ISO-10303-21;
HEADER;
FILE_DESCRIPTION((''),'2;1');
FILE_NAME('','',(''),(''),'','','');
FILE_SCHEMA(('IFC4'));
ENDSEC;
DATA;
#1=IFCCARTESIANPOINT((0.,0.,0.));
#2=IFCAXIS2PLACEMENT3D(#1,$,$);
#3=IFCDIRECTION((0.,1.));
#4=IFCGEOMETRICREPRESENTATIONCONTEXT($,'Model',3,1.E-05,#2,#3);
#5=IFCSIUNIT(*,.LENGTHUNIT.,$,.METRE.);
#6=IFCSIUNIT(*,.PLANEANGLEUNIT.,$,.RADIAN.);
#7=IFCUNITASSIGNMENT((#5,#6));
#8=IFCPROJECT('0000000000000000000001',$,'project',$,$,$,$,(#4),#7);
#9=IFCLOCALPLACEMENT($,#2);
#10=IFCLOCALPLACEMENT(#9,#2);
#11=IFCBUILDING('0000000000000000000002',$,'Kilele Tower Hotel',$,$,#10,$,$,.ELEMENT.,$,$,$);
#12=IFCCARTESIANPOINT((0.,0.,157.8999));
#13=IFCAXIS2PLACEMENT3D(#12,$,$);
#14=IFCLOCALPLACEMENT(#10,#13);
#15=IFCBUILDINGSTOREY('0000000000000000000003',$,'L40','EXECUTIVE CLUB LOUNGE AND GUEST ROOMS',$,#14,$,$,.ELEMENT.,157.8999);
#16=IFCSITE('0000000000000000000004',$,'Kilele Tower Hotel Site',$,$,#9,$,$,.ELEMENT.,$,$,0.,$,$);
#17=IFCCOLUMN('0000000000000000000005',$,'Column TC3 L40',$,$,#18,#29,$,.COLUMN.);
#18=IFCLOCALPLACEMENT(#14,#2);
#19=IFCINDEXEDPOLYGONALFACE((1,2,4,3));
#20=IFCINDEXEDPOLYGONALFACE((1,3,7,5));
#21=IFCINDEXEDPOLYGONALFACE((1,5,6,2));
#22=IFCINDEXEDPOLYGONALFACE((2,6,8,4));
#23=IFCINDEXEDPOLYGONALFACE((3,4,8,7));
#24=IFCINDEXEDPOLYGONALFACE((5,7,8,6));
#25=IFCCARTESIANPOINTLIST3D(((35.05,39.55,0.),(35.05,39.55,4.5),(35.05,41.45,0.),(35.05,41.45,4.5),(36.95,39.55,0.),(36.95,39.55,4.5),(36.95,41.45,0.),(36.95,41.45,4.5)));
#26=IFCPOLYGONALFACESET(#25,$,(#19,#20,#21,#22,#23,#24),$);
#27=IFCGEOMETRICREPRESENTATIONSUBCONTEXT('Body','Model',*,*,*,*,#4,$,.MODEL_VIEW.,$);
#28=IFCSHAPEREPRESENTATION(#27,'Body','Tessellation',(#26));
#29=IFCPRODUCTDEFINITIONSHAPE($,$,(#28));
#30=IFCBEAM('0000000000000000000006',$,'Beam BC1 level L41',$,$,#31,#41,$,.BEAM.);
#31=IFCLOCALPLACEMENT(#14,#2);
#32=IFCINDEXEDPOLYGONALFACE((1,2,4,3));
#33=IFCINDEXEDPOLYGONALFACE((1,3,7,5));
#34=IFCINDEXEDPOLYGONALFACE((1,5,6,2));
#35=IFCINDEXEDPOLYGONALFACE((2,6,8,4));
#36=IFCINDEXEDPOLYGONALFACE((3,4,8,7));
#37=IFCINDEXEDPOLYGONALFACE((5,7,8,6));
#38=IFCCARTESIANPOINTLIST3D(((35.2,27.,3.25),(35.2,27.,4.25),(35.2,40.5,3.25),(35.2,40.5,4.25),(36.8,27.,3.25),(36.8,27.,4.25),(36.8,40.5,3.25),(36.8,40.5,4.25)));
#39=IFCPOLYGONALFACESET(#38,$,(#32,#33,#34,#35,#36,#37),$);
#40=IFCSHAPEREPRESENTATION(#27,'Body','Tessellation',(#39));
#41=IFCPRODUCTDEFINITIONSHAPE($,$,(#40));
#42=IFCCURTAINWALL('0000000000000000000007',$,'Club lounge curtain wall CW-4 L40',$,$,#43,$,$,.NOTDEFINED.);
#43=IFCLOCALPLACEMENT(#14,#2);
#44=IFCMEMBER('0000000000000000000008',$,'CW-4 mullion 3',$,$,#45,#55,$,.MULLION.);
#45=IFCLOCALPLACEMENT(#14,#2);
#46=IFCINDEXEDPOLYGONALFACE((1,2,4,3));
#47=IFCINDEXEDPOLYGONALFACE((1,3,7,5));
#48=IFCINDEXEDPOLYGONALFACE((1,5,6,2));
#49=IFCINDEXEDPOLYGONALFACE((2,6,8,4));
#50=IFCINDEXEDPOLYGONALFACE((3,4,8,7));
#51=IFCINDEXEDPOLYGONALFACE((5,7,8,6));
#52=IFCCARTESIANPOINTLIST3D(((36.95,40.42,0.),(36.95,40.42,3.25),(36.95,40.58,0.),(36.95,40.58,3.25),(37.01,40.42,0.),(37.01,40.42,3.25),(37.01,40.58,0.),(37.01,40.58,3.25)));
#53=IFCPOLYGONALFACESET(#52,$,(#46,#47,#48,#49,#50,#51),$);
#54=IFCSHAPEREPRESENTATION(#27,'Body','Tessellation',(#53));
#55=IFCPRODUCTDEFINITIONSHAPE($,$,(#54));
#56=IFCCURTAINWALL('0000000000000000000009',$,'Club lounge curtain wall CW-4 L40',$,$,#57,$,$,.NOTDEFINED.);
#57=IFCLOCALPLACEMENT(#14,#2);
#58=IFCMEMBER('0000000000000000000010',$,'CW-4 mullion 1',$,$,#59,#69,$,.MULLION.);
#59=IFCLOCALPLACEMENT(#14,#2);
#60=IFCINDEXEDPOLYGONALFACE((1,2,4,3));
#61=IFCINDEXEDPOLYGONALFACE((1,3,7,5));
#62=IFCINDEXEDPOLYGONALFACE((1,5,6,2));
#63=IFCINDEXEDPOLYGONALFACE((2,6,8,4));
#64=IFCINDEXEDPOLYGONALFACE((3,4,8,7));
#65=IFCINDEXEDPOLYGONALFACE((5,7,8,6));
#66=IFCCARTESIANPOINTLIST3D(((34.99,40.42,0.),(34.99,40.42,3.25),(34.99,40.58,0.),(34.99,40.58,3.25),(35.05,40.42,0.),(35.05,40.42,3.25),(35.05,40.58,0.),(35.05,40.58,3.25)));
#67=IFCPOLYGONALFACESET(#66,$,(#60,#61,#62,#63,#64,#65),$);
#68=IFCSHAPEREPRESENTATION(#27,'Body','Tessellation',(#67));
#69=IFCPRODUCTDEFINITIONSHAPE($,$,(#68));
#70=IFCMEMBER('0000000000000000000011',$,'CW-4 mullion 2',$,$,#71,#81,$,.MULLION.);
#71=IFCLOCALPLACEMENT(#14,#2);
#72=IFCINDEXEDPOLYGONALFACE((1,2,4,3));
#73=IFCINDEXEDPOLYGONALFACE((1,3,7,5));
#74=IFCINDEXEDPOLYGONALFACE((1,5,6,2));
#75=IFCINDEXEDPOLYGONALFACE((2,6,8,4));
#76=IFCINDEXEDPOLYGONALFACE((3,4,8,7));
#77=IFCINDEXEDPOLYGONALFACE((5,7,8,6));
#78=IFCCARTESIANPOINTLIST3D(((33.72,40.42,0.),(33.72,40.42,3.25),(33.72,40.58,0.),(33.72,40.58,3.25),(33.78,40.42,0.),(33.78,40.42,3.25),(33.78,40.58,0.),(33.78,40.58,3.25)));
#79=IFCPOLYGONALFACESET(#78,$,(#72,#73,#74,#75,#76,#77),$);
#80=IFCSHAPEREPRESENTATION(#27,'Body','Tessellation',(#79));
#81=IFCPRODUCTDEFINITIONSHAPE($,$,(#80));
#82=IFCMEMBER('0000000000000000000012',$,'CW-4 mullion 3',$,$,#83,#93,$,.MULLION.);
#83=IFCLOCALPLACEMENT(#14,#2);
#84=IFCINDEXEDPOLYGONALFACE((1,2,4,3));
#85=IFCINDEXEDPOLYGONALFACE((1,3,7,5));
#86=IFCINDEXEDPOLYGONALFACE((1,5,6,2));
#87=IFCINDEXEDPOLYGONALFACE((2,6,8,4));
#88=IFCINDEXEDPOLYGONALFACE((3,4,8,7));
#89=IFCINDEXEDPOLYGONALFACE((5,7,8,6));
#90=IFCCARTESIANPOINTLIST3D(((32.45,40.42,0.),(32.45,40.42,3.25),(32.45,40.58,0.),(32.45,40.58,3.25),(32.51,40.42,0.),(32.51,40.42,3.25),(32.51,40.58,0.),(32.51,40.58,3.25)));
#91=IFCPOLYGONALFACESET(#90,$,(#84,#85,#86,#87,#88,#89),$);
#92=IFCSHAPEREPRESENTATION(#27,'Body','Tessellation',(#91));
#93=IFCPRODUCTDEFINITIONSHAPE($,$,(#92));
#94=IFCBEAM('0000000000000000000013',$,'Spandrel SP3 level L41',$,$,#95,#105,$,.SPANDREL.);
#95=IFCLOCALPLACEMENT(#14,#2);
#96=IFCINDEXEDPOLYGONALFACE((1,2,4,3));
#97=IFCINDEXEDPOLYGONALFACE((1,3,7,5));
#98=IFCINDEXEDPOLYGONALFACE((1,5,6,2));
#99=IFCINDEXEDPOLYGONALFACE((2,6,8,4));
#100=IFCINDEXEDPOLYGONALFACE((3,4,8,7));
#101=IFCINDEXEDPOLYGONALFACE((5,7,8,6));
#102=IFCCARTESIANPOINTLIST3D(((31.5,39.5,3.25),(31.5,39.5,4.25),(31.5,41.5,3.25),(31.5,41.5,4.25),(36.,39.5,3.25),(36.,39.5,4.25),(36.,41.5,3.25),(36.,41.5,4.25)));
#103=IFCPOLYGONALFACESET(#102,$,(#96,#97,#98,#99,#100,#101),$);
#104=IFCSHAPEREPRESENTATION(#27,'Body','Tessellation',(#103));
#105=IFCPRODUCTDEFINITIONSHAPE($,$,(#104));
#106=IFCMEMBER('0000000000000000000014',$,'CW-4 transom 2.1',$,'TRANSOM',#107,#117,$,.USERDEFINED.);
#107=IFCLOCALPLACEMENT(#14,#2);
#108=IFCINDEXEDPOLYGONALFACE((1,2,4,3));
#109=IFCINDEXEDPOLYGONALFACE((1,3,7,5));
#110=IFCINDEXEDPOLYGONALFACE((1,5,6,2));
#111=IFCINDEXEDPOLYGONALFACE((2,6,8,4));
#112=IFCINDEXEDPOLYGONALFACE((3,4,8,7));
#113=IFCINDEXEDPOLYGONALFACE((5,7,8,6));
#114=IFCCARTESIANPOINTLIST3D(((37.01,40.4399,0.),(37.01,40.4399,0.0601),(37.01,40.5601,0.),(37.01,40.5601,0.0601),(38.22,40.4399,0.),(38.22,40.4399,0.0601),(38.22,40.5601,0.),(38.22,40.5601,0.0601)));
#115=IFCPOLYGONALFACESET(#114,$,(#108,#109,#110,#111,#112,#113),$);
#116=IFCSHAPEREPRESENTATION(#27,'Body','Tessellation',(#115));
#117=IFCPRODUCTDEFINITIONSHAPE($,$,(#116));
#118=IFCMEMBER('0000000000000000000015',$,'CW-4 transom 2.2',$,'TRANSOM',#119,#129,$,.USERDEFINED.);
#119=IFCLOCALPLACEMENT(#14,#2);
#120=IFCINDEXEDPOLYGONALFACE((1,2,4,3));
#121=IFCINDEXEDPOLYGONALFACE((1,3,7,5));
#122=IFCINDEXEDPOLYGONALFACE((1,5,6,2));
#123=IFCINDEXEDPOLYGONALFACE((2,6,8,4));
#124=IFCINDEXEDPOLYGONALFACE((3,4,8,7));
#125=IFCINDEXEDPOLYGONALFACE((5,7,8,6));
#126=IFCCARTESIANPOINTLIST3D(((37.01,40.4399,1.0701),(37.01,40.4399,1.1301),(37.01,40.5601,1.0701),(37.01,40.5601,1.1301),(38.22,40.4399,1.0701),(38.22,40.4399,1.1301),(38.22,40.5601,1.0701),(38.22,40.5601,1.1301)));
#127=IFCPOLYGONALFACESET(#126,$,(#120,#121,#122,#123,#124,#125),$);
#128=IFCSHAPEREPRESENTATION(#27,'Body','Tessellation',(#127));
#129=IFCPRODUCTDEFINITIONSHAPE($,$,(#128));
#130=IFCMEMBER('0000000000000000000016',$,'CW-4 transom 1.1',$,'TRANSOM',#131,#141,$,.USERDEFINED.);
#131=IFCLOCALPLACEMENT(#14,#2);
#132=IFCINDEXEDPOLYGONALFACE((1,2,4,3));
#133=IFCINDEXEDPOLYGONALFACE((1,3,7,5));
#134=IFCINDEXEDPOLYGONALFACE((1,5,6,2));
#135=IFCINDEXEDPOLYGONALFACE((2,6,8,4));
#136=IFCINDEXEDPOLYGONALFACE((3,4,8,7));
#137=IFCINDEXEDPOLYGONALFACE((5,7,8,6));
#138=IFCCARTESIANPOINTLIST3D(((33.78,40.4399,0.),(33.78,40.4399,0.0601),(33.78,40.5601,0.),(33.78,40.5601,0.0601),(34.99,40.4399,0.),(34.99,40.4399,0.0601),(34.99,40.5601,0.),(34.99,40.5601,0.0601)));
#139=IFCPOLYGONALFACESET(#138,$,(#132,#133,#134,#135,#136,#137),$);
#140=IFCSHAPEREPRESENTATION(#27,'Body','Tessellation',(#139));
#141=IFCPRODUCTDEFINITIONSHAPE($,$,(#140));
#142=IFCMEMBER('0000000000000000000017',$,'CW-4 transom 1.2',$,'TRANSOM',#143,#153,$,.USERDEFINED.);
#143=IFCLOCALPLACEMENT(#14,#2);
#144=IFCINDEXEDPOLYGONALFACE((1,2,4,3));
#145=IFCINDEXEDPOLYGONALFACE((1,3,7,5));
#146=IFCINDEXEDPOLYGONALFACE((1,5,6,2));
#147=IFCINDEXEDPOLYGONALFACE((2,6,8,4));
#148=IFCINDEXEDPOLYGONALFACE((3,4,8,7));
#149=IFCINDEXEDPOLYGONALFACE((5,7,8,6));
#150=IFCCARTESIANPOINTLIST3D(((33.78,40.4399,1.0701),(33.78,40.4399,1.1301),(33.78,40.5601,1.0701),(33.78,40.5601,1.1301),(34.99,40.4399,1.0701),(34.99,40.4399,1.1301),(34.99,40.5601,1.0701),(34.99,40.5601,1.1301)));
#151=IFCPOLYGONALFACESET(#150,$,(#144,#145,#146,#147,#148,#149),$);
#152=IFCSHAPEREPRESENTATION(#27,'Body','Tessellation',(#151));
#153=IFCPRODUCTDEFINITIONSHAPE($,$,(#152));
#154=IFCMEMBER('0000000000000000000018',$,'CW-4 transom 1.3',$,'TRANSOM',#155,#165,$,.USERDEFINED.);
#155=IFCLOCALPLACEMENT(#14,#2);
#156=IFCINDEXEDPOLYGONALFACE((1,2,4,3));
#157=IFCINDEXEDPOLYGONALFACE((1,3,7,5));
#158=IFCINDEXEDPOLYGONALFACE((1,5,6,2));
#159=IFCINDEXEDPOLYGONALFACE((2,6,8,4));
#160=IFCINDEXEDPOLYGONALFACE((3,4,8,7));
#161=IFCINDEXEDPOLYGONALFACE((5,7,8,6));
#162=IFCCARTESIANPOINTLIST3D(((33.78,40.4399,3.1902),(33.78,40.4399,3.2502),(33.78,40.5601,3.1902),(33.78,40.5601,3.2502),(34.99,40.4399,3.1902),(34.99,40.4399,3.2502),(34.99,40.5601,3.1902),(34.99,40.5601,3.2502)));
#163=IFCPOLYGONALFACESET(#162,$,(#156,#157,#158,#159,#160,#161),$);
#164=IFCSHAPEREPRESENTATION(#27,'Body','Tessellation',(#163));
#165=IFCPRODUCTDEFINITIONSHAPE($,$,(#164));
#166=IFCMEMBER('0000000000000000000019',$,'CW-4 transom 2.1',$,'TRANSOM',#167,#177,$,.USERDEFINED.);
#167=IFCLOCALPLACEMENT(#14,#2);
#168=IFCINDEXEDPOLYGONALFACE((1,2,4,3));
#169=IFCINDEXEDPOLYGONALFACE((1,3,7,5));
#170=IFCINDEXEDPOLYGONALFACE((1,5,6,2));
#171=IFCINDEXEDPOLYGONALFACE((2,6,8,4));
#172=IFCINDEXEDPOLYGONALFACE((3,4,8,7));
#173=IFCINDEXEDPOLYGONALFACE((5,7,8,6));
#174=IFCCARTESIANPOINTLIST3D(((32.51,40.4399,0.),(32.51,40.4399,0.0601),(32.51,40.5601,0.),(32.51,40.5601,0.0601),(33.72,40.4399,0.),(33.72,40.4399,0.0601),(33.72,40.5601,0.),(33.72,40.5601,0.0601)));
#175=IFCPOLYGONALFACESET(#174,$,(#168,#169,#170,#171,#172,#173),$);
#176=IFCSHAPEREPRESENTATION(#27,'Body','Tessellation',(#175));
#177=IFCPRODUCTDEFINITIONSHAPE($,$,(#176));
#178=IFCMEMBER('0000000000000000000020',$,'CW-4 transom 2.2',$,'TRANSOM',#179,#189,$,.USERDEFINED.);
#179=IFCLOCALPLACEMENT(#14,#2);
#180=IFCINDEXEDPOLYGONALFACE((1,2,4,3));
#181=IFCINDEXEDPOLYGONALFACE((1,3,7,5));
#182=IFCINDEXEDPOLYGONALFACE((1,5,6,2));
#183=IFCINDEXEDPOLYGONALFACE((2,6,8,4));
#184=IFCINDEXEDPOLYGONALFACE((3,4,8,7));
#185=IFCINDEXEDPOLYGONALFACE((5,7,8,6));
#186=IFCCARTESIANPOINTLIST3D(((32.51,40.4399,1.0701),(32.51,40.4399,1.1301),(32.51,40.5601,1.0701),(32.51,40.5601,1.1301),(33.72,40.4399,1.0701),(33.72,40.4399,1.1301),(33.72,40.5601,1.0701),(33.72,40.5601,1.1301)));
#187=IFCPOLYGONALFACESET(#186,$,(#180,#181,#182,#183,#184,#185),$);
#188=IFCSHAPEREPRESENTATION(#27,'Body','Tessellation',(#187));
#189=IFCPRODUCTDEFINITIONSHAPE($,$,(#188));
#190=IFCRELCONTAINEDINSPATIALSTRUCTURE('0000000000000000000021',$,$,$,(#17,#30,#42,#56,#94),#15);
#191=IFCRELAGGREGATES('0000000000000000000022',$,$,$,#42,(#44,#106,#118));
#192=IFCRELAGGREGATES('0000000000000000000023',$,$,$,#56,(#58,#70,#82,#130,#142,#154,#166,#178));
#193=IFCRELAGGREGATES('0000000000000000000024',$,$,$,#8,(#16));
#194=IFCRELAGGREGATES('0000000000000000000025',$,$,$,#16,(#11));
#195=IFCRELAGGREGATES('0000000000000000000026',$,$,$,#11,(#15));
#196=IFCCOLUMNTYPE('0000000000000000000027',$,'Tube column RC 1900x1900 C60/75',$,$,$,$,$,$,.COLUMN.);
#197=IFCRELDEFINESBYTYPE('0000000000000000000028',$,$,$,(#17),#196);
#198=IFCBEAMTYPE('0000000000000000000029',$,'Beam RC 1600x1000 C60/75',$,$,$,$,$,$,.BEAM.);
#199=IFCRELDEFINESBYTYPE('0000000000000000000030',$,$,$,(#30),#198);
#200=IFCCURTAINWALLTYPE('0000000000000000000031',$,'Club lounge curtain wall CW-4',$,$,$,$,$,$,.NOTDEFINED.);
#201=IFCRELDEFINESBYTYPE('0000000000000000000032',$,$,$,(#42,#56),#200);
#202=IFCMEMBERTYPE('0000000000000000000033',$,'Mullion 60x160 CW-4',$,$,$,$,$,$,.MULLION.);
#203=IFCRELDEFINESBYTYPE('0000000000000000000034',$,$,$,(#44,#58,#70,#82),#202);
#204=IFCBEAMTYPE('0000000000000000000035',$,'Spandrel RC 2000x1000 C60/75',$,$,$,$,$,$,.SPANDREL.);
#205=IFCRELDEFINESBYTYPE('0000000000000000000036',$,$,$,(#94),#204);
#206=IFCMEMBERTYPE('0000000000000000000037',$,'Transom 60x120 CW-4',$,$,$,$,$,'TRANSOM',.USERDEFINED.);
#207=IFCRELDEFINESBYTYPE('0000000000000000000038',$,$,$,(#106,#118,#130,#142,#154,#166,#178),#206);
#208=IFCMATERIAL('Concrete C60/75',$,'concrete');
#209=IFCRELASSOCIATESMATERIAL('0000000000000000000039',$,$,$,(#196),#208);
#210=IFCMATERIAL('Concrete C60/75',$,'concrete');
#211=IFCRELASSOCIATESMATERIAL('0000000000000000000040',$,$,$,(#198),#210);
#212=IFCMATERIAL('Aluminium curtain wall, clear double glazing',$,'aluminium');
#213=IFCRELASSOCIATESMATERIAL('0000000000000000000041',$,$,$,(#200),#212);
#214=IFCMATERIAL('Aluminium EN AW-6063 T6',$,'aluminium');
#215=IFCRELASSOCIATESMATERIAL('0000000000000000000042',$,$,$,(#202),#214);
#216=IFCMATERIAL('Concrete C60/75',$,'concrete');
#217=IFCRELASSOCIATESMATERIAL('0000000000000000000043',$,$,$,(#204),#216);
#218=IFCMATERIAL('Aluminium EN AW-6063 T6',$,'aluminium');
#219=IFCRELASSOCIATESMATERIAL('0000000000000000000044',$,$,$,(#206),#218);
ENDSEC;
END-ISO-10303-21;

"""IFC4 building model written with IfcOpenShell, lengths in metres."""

from ifc_helpers import new_model, si_unit, direction, frame, origin, origin_2d, place, context, subcontext, project, spatial, rectangle, extrude, material, material_profile, profile_set, type_object, element, aggregate, save


model = new_model("IFC4")

# Units and contexts
model_context = context("Model", 3, precision=1e-05, world=origin(), true_north=direction((0.0, 1.0)))
body_context = subcontext(model_context, "Body", "Model", "MODEL_VIEW")
ifc_project = project(units=[si_unit("LENGTHUNIT", "METRE"), si_unit("PLANEANGLEUNIT", "RADIAN")], contexts=[model_context])

# Site, building, storey
site_placement = place(None, origin())
site = spatial("IfcSite", under=ifc_project, at=site_placement, Name="Kilele Tower Hotel Site", CompositionType="ELEMENT", RefElevation=0.0)
building_placement = place(site_placement, origin())
building = spatial("IfcBuilding", under=site, at=building_placement, Name="Kilele Tower Hotel", CompositionType="ELEMENT")
storey_placement = place(building_placement, frame((0.0, 0.0, 157.8999)))
storey = spatial("IfcBuildingStorey", under=building, at=storey_placement, Name="L40", Description="EXECUTIVE CLUB LOUNGE AND GUEST ROOMS", CompositionType="ELEMENT", Elevation=157.8999)

# Column
ifc_material_1 = material(Name="Concrete C60/75", Category="concrete")
ifc_material_profile_1 = material_profile(ifc_material_1, rectangle(XDim=1.8999, YDim=1.8999, at=origin_2d()))
ifc_profile_set_1 = profile_set([ifc_material_profile_1], Name="Concrete C60/75")
column_type = type_object("IfcColumnType", Name="Tube column RC 1900x1900 C60/75", PredefinedType="COLUMN", material=ifc_profile_set_1)
column_placement = place(storey_placement, frame((36.0, 40.5, 0.0), z_axis=(0.0, 0.0, 1.0), x_axis=(1.0, 0.0, 0.0)))
element("IfcColumn", 1, at=column_placement, inside=storey, type_object=column_type, Name="Column TC3 L40", PredefinedType="COLUMN", context=body_context, shape_type="SweptSolid", body=[
    extrude(rectangle(XDim=1.8999, YDim=1.8999, at=origin_2d()), origin(), (0.0, 0.0, 1.0), 4.5),
])

# Beam
ifc_material_2 = material(Name="Concrete C60/75", Category="concrete")
ifc_material_profile_2 = material_profile(ifc_material_2, rectangle(XDim=1.6001, YDim=1.0, at=origin_2d()))
ifc_profile_set_2 = profile_set([ifc_material_profile_2], Name="Concrete C60/75")
beam_type_1 = type_object("IfcBeamType", Name="Beam RC 1600x1000 C60/75", PredefinedType="BEAM", material=ifc_profile_set_2)
beam_1_placement = place(storey_placement, frame((36.0, 40.5, 3.75), z_axis=(0.0, -1.0, 0.0), x_axis=(1.0, 0.0, 0.0)))
element("IfcBeam", 2, at=beam_1_placement, inside=storey, type_object=beam_type_1, Name="Beam BC1 level L41", PredefinedType="BEAM", context=body_context, shape_type="SweptSolid", body=[
    extrude(rectangle(XDim=1.6001, YDim=1.0, at=origin_2d()), origin(), (0.0, 0.0, 1.0), 13.5),
])

# Curtain wall, member
ifc_material_3 = material(Name="Aluminium curtain wall, clear double glazing", Category="aluminium")
curtain_wall_type = type_object("IfcCurtainWallType", Name="Club lounge curtain wall CW-4", PredefinedType="NOTDEFINED", material=ifc_material_3)
curtain_wall_1_placement = place(storey_placement, origin())
curtain_wall_1 = element("IfcCurtainWall", 3, at=curtain_wall_1_placement, inside=storey, type_object=curtain_wall_type, Name="Club lounge curtain wall CW-4 L40", PredefinedType="NOTDEFINED")
ifc_material_4 = material(Name="Aluminium EN AW-6063 T6", Category="aluminium")
ifc_material_profile_3 = material_profile(ifc_material_4, rectangle(XDim=0.1599, YDim=0.0601, at=origin_2d()))
ifc_profile_set_3 = profile_set([ifc_material_profile_3], Name="Aluminium EN AW-6063 T6")
member_type_1 = type_object("IfcMemberType", Name="Mullion 60x160 CW-4", PredefinedType="MULLION", material=ifc_profile_set_3)
member_1_placement = place(storey_placement, frame((36.98, 40.5, 0.0), z_axis=(0.0, 0.0, 1.0), x_axis=(0.0, -1.0, 0.0)))
member_1 = element("IfcMember", 4, at=member_1_placement, type_object=member_type_1, Name="CW-4 mullion 3", PredefinedType="MULLION", context=body_context, shape_type="SweptSolid", body=[
    extrude(rectangle(XDim=0.1599, YDim=0.0601, at=origin_2d()), origin(), (0.0, 0.0, 1.0), 3.25),
])

# Curtain wall, members
curtain_wall_2_placement = place(storey_placement, origin())
curtain_wall_2 = element("IfcCurtainWall", 5, at=curtain_wall_2_placement, inside=storey, type_object=curtain_wall_type, Name="Club lounge curtain wall CW-4 L40", PredefinedType="NOTDEFINED")
member_2_placement = place(storey_placement, frame((35.02, 40.5, 0.0), z_axis=(0.0, 0.0, 1.0), x_axis=(0.0, -1.0, 0.0)))
member_2 = element("IfcMember", 6, at=member_2_placement, type_object=member_type_1, Name="CW-4 mullion 1", PredefinedType="MULLION", context=body_context, shape_type="SweptSolid", body=[
    extrude(rectangle(XDim=0.1599, YDim=0.0601, at=origin_2d()), origin(), (0.0, 0.0, 1.0), 3.25),
])
member_3_placement = place(storey_placement, frame((33.75, 40.5, 0.0), z_axis=(0.0, 0.0, 1.0), x_axis=(0.0, -1.0, 0.0)))
member_3 = element("IfcMember", 7, at=member_3_placement, type_object=member_type_1, Name="CW-4 mullion 2", PredefinedType="MULLION", context=body_context, shape_type="SweptSolid", body=[
    extrude(rectangle(XDim=0.1599, YDim=0.0601, at=origin_2d()), origin(), (0.0, 0.0, 1.0), 3.25),
])
member_4_placement = place(storey_placement, frame((32.48, 40.5, 0.0), z_axis=(0.0, 0.0, 1.0), x_axis=(0.0, -1.0, 0.0)))
member_4 = element("IfcMember", 8, at=member_4_placement, type_object=member_type_1, Name="CW-4 mullion 3", PredefinedType="MULLION", context=body_context, shape_type="SweptSolid", body=[
    extrude(rectangle(XDim=0.1599, YDim=0.0601, at=origin_2d()), origin(), (0.0, 0.0, 1.0), 3.25),
])

# Beam
ifc_material_5 = material(Name="Concrete C60/75", Category="concrete")
ifc_material_profile_4 = material_profile(ifc_material_5, rectangle(XDim=2.0, YDim=1.0, at=origin_2d()))
ifc_profile_set_4 = profile_set([ifc_material_profile_4], Name="Concrete C60/75")
beam_type_2 = type_object("IfcBeamType", Name="Spandrel RC 2000x1000 C60/75", PredefinedType="SPANDREL", material=ifc_profile_set_4)
beam_2_placement = place(storey_placement, frame((36.0, 40.5, 3.75), z_axis=(-1.0, 0.0, 0.0), x_axis=(0.0, -1.0, 0.0)))
element("IfcBeam", 9, at=beam_2_placement, inside=storey, type_object=beam_type_2, Name="Spandrel SP3 level L41", PredefinedType="SPANDREL", context=body_context, shape_type="SweptSolid", body=[
    extrude(rectangle(XDim=2.0, YDim=1.0, at=origin_2d()), origin(), (0.0, 0.0, 1.0), 4.5),
])

# Members
ifc_material_6 = material(Name="Aluminium EN AW-6063 T6", Category="aluminium")
ifc_material_profile_5 = material_profile(ifc_material_6, rectangle(XDim=0.1201, YDim=0.0601, at=origin_2d()))
ifc_profile_set_5 = profile_set([ifc_material_profile_5], Name="Aluminium EN AW-6063 T6")
member_type_2 = type_object("IfcMemberType", Name="Transom 60x120 CW-4", ElementType="TRANSOM", PredefinedType="USERDEFINED", material=ifc_profile_set_5)
member_5_placement = place(storey_placement, frame((38.22, 40.5, 0.03), z_axis=(-1.0, 0.0, 0.0), x_axis=(0.0, -1.0, 0.0)))
member_5 = element("IfcMember", 10, at=member_5_placement, type_object=member_type_2, Name="CW-4 transom 2.1", ObjectType="TRANSOM", PredefinedType="USERDEFINED", context=body_context, shape_type="SweptSolid", body=[
    extrude(rectangle(XDim=0.1201, YDim=0.0601, at=origin_2d()), origin(), (0.0, 0.0, 1.0), 1.21),
])
member_6_placement = place(storey_placement, frame((38.22, 40.5, 1.1001), z_axis=(-1.0, 0.0, 0.0), x_axis=(0.0, -1.0, 0.0)))
member_6 = element("IfcMember", 11, at=member_6_placement, type_object=member_type_2, Name="CW-4 transom 2.2", ObjectType="TRANSOM", PredefinedType="USERDEFINED", context=body_context, shape_type="SweptSolid", body=[
    extrude(rectangle(XDim=0.1201, YDim=0.0601, at=origin_2d()), origin(), (0.0, 0.0, 1.0), 1.21),
])
member_7_placement = place(storey_placement, frame((34.99, 40.5, 0.03), z_axis=(-1.0, 0.0, 0.0), x_axis=(0.0, -1.0, 0.0)))
member_7 = element("IfcMember", 12, at=member_7_placement, type_object=member_type_2, Name="CW-4 transom 1.1", ObjectType="TRANSOM", PredefinedType="USERDEFINED", context=body_context, shape_type="SweptSolid", body=[
    extrude(rectangle(XDim=0.1201, YDim=0.0601, at=origin_2d()), origin(), (0.0, 0.0, 1.0), 1.21),
])
member_8_placement = place(storey_placement, frame((34.99, 40.5, 1.1001), z_axis=(-1.0, 0.0, 0.0), x_axis=(0.0, -1.0, 0.0)))
member_8 = element("IfcMember", 13, at=member_8_placement, type_object=member_type_2, Name="CW-4 transom 1.2", ObjectType="TRANSOM", PredefinedType="USERDEFINED", context=body_context, shape_type="SweptSolid", body=[
    extrude(rectangle(XDim=0.1201, YDim=0.0601, at=origin_2d()), origin(), (0.0, 0.0, 1.0), 1.21),
])
member_9_placement = place(storey_placement, frame((34.99, 40.5, 3.2202), z_axis=(-1.0, 0.0, 0.0), x_axis=(0.0, -1.0, 0.0)))
member_9 = element("IfcMember", 14, at=member_9_placement, type_object=member_type_2, Name="CW-4 transom 1.3", ObjectType="TRANSOM", PredefinedType="USERDEFINED", context=body_context, shape_type="SweptSolid", body=[
    extrude(rectangle(XDim=0.1201, YDim=0.0601, at=origin_2d()), origin(), (0.0, 0.0, 1.0), 1.21),
])
member_10_placement = place(storey_placement, frame((33.72, 40.5, 0.03), z_axis=(-1.0, 0.0, 0.0), x_axis=(0.0, -1.0, 0.0)))
member_10 = element("IfcMember", 15, at=member_10_placement, type_object=member_type_2, Name="CW-4 transom 2.1", ObjectType="TRANSOM", PredefinedType="USERDEFINED", context=body_context, shape_type="SweptSolid", body=[
    extrude(rectangle(XDim=0.1201, YDim=0.0601, at=origin_2d()), origin(), (0.0, 0.0, 1.0), 1.21),
])
member_11_placement = place(storey_placement, frame((33.72, 40.5, 1.1001), z_axis=(-1.0, 0.0, 0.0), x_axis=(0.0, -1.0, 0.0)))
member_11 = element("IfcMember", 16, at=member_11_placement, type_object=member_type_2, Name="CW-4 transom 2.2", ObjectType="TRANSOM", PredefinedType="USERDEFINED", context=body_context, shape_type="SweptSolid", body=[
    extrude(rectangle(XDim=0.1201, YDim=0.0601, at=origin_2d()), origin(), (0.0, 0.0, 1.0), 1.21),
])

aggregate(curtain_wall_1, [member_1, member_5, member_6])
aggregate(curtain_wall_2, [member_2, member_3, member_4, member_7, member_8, member_9, member_10, member_11])

save(model, "model.ifc")
